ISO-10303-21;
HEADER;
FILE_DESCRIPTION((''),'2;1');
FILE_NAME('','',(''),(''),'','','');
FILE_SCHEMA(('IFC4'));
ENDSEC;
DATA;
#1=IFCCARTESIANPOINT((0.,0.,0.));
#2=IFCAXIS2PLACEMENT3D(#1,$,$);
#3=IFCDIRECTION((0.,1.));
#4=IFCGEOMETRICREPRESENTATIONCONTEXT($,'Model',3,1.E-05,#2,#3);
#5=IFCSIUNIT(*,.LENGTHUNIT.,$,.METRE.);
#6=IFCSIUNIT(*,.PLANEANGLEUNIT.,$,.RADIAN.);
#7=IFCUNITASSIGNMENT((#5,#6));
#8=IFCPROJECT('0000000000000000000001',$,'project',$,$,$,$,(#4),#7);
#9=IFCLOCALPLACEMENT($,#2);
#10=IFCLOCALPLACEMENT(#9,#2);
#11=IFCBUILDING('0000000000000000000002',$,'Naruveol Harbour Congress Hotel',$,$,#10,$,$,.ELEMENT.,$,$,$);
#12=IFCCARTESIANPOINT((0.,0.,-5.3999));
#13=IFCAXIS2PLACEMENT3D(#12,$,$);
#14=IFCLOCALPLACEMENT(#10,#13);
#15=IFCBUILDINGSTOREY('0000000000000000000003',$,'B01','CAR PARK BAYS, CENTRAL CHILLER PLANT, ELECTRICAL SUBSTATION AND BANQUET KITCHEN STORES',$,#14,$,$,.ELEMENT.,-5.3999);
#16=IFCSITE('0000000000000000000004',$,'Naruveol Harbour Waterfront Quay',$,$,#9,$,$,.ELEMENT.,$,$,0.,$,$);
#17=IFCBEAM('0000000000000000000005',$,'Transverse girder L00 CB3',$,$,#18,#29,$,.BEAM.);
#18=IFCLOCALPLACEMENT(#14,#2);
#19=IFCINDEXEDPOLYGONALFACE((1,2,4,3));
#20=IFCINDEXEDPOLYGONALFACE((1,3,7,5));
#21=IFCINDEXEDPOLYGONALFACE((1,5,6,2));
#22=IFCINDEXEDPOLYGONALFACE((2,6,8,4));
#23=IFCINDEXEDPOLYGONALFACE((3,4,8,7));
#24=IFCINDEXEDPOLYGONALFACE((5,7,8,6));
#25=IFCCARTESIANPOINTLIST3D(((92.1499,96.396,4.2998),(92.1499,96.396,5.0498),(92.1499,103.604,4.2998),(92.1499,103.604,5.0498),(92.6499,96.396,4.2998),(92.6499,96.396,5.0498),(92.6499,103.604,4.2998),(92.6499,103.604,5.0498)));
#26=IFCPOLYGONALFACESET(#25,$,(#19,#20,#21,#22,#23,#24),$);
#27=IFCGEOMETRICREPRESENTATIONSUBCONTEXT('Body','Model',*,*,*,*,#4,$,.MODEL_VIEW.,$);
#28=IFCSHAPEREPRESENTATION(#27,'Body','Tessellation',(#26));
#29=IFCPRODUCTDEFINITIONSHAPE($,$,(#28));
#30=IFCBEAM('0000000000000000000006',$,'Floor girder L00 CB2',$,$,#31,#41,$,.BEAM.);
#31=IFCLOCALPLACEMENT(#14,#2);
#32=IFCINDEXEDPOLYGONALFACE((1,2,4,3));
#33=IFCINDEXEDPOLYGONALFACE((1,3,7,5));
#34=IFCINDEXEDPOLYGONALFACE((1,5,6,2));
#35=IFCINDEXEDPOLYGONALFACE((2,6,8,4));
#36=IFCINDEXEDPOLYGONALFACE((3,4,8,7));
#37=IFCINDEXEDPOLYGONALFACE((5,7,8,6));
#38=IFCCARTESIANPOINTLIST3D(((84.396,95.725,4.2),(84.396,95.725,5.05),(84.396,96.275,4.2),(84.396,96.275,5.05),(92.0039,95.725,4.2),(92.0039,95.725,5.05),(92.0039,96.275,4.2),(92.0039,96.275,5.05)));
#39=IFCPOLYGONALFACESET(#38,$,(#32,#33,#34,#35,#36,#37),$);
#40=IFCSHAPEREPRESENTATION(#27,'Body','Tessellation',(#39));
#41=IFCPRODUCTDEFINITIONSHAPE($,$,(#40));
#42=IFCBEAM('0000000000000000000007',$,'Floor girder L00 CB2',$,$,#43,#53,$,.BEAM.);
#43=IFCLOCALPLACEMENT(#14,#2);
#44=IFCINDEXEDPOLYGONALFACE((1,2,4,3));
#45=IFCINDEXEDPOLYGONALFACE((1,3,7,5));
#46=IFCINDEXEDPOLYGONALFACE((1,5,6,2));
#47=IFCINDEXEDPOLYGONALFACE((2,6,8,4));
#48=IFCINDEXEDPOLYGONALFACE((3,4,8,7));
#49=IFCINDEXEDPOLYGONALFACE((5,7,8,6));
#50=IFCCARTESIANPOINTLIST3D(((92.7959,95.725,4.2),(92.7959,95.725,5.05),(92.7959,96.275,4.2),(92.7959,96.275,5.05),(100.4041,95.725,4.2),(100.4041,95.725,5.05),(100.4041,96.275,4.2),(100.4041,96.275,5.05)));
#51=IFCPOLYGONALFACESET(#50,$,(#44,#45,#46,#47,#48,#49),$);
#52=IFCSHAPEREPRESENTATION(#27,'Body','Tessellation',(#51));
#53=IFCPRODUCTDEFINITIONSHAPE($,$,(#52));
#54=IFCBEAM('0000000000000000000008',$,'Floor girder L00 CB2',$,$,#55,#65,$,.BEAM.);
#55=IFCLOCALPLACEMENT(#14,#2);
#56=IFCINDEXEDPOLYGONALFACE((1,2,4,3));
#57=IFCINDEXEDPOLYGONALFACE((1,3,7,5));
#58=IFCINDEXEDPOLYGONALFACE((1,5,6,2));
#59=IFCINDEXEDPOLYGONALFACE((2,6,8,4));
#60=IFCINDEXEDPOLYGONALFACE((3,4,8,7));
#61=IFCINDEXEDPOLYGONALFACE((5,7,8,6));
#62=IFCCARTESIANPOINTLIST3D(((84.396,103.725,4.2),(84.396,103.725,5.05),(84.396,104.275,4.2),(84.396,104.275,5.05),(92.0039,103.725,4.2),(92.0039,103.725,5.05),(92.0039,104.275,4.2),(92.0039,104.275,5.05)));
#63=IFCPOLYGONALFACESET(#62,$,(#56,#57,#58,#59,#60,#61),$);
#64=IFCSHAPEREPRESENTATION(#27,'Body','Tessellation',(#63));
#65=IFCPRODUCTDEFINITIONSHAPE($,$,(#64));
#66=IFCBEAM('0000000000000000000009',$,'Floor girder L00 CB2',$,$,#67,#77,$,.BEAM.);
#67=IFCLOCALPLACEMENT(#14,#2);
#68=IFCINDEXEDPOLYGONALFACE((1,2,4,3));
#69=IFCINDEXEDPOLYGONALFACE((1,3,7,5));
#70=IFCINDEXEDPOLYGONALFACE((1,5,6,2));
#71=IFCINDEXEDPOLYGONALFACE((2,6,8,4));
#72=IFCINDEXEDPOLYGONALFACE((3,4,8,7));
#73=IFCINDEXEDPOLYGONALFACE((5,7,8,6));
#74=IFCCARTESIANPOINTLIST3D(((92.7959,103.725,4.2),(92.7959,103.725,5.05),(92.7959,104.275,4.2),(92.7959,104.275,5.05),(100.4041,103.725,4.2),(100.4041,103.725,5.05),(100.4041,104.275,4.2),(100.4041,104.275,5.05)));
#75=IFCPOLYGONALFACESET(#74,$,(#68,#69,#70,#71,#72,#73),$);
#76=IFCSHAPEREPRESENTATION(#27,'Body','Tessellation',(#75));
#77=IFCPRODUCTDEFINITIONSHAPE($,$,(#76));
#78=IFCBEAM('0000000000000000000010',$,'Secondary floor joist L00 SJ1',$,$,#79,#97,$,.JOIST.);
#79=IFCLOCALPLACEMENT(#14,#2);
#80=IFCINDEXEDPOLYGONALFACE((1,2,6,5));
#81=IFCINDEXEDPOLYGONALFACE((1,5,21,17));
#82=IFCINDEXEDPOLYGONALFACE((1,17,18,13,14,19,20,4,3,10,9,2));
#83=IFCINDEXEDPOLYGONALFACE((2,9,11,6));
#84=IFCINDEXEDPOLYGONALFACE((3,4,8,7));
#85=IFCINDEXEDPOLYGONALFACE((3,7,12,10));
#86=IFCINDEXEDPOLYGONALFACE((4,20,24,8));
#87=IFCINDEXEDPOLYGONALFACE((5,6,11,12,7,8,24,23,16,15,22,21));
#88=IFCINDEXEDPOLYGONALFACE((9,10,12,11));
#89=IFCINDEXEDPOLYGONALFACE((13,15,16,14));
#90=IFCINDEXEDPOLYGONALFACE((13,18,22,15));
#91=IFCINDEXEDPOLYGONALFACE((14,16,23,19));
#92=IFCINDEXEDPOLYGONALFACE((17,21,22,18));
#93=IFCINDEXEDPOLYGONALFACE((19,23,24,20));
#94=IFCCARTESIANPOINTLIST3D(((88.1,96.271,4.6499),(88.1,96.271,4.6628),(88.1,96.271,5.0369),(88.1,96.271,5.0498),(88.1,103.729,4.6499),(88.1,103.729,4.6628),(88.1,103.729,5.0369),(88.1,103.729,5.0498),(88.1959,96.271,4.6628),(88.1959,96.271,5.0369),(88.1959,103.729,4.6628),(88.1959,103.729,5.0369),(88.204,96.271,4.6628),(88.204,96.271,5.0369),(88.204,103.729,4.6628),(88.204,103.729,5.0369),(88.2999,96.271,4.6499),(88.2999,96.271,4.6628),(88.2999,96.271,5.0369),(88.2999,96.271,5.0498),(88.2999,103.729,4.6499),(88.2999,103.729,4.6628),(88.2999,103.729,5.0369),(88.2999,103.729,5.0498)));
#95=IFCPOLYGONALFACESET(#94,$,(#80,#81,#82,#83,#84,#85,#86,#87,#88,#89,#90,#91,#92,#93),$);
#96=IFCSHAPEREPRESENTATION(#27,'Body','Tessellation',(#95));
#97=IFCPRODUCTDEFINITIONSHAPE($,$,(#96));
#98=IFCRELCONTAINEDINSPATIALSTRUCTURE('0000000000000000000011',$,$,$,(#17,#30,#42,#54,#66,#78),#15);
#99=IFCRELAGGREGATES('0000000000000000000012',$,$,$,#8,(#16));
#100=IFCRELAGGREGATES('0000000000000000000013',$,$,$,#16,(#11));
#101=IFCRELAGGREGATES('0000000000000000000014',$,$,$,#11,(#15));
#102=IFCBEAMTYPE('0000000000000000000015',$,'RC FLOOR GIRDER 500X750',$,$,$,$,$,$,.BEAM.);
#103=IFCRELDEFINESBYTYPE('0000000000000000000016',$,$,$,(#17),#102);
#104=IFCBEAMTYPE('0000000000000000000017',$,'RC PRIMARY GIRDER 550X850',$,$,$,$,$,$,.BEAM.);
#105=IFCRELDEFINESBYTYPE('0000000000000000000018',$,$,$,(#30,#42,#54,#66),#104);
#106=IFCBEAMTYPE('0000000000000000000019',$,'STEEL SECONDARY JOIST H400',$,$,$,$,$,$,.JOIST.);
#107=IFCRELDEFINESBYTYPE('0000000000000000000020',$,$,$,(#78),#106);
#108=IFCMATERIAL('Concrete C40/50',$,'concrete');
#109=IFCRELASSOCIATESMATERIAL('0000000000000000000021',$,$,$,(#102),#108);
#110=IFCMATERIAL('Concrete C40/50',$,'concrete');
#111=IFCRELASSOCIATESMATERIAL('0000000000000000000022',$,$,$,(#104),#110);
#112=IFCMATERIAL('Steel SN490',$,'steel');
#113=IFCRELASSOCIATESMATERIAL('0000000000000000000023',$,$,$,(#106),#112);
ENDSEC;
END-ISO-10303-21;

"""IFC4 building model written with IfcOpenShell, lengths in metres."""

from ifc_helpers import new_model, si_unit, direction, frame, origin, origin_2d, place, context, subcontext, project, spatial, rectangle, i_section, extrude, material, material_profile, profile_set, type_object, element, save


model = new_model("IFC4")

# Units and contexts
model_context = context("Model", 3, precision=1e-05, world=origin(), true_north=direction((0.0, 1.0)))
body_context = subcontext(model_context, "Body", "Model", "MODEL_VIEW")
ifc_project = project(units=[si_unit("LENGTHUNIT", "METRE"), si_unit("PLANEANGLEUNIT", "RADIAN")], contexts=[model_context])

# Site, building, storey
site_placement = place(None, origin())
site = spatial("IfcSite", under=ifc_project, at=site_placement, Name="Naruveol Harbour Waterfront Quay", CompositionType="ELEMENT", RefElevation=0.0)
building_placement = place(site_placement, origin())
building = spatial("IfcBuilding", under=site, at=building_placement, Name="Naruveol Harbour Congress Hotel", CompositionType="ELEMENT")
storey_placement = place(building_placement, frame((0.0, 0.0, -5.3999)))
storey = spatial("IfcBuildingStorey", under=building, at=storey_placement, Name="B01", Description="CAR PARK BAYS, CENTRAL CHILLER PLANT, ELECTRICAL SUBSTATION AND BANQUET KITCHEN STORES", CompositionType="ELEMENT", Elevation=-5.3999)

# Beams
ifc_material_1 = material(Name="Concrete C40/50", Category="concrete")
ifc_material_profile_1 = material_profile(ifc_material_1, rectangle(XDim=0.5, YDim=0.75, at=origin_2d()), Name="RCB-500x750")
ifc_profile_set_1 = profile_set([ifc_material_profile_1], Name="Concrete C40/50")
beam_type_1 = type_object("IfcBeamType", Name="RC FLOOR GIRDER 500X750", PredefinedType="BEAM", material=ifc_profile_set_1)
beam_1_placement = place(storey_placement, frame((92.3999, 96.396, 4.6748), z_axis=(0.0, 1.0, 0.0), x_axis=(-1.0, 0.0, 0.0)))
element("IfcBeam", 1, at=beam_1_placement, inside=storey, type_object=beam_type_1, Name="Transverse girder L00 CB3", PredefinedType="BEAM", context=body_context, shape_type="SweptSolid", body=[
    extrude(rectangle(XDim=0.5, YDim=0.75, at=origin_2d()), origin(), (0.0, 0.0, 1.0), 7.208),
])
ifc_material_2 = material(Name="Concrete C40/50", Category="concrete")
ifc_material_profile_2 = material_profile(ifc_material_2, rectangle(XDim=0.55, YDim=0.8501, at=origin_2d()), Name="RCB-550x850")
ifc_profile_set_2 = profile_set([ifc_material_profile_2], Name="Concrete C40/50")
beam_type_2 = type_object("IfcBeamType", Name="RC PRIMARY GIRDER 550X850", PredefinedType="BEAM", material=ifc_profile_set_2)
beam_2_placement = place(storey_placement, frame((84.396, 96.0, 4.625), z_axis=(1.0, 0.0, 0.0), x_axis=(0.0, 1.0, 0.0)))
element("IfcBeam", 2, at=beam_2_placement, inside=storey, type_object=beam_type_2, Name="Floor girder L00 CB2", PredefinedType="BEAM", context=body_context, shape_type="SweptSolid", body=[
    extrude(rectangle(XDim=0.55, YDim=0.8501, at=origin_2d()), origin(), (0.0, 0.0, 1.0), 7.6079),
])
beam_3_placement = place(storey_placement, frame((92.7959, 96.0, 4.625), z_axis=(1.0, 0.0, 0.0), x_axis=(0.0, 1.0, 0.0)))
element("IfcBeam", 3, at=beam_3_placement, inside=storey, type_object=beam_type_2, Name="Floor girder L00 CB2", PredefinedType="BEAM", context=body_context, shape_type="SweptSolid", body=[
    extrude(rectangle(XDim=0.55, YDim=0.8501, at=origin_2d()), origin(), (0.0, 0.0, 1.0), 7.6082),
])
beam_4_placement = place(storey_placement, frame((84.396, 104.0, 4.625), z_axis=(1.0, 0.0, 0.0), x_axis=(0.0, 1.0, 0.0)))
element("IfcBeam", 4, at=beam_4_placement, inside=storey, type_object=beam_type_2, Name="Floor girder L00 CB2", PredefinedType="BEAM", context=body_context, shape_type="SweptSolid", body=[
    extrude(rectangle(XDim=0.55, YDim=0.8501, at=origin_2d()), origin(), (0.0, 0.0, 1.0), 7.6079),
])
beam_5_placement = place(storey_placement, frame((92.7959, 104.0, 4.625), z_axis=(1.0, 0.0, 0.0), x_axis=(0.0, 1.0, 0.0)))
element("IfcBeam", 5, at=beam_5_placement, inside=storey, type_object=beam_type_2, Name="Floor girder L00 CB2", PredefinedType="BEAM", context=body_context, shape_type="SweptSolid", body=[
    extrude(rectangle(XDim=0.55, YDim=0.8501, at=origin_2d()), origin(), (0.0, 0.0, 1.0), 7.6082),
])
ifc_material_3 = material(Name="Steel SN490", Category="steel")
ifc_material_profile_3 = material_profile(ifc_material_3, i_section(OverallWidth=0.2, OverallDepth=0.3999, WebThickness=0.0081, FlangeThickness=0.0129, at=origin_2d()), Name="H-400x200x8x13")
ifc_profile_set_3 = profile_set([ifc_material_profile_3], Name="Steel SN490")
beam_type_3 = type_object("IfcBeamType", Name="STEEL SECONDARY JOIST H400", PredefinedType="JOIST", material=ifc_profile_set_3)
beam_6_placement = place(storey_placement, frame((88.2, 96.271, 4.8499), z_axis=(0.0, 1.0, 0.0), x_axis=(-1.0, 0.0, 0.0)))
element("IfcBeam", 6, at=beam_6_placement, inside=storey, type_object=beam_type_3, Name="Secondary floor joist L00 SJ1", PredefinedType="JOIST", context=body_context, shape_type="SweptSolid", body=[
    extrude(i_section(OverallWidth=0.2, OverallDepth=0.3999, WebThickness=0.0081, FlangeThickness=0.0129, at=origin_2d()), origin(), (0.0, 0.0, 1.0), 7.458),
])

save(model, "model.ifc")
